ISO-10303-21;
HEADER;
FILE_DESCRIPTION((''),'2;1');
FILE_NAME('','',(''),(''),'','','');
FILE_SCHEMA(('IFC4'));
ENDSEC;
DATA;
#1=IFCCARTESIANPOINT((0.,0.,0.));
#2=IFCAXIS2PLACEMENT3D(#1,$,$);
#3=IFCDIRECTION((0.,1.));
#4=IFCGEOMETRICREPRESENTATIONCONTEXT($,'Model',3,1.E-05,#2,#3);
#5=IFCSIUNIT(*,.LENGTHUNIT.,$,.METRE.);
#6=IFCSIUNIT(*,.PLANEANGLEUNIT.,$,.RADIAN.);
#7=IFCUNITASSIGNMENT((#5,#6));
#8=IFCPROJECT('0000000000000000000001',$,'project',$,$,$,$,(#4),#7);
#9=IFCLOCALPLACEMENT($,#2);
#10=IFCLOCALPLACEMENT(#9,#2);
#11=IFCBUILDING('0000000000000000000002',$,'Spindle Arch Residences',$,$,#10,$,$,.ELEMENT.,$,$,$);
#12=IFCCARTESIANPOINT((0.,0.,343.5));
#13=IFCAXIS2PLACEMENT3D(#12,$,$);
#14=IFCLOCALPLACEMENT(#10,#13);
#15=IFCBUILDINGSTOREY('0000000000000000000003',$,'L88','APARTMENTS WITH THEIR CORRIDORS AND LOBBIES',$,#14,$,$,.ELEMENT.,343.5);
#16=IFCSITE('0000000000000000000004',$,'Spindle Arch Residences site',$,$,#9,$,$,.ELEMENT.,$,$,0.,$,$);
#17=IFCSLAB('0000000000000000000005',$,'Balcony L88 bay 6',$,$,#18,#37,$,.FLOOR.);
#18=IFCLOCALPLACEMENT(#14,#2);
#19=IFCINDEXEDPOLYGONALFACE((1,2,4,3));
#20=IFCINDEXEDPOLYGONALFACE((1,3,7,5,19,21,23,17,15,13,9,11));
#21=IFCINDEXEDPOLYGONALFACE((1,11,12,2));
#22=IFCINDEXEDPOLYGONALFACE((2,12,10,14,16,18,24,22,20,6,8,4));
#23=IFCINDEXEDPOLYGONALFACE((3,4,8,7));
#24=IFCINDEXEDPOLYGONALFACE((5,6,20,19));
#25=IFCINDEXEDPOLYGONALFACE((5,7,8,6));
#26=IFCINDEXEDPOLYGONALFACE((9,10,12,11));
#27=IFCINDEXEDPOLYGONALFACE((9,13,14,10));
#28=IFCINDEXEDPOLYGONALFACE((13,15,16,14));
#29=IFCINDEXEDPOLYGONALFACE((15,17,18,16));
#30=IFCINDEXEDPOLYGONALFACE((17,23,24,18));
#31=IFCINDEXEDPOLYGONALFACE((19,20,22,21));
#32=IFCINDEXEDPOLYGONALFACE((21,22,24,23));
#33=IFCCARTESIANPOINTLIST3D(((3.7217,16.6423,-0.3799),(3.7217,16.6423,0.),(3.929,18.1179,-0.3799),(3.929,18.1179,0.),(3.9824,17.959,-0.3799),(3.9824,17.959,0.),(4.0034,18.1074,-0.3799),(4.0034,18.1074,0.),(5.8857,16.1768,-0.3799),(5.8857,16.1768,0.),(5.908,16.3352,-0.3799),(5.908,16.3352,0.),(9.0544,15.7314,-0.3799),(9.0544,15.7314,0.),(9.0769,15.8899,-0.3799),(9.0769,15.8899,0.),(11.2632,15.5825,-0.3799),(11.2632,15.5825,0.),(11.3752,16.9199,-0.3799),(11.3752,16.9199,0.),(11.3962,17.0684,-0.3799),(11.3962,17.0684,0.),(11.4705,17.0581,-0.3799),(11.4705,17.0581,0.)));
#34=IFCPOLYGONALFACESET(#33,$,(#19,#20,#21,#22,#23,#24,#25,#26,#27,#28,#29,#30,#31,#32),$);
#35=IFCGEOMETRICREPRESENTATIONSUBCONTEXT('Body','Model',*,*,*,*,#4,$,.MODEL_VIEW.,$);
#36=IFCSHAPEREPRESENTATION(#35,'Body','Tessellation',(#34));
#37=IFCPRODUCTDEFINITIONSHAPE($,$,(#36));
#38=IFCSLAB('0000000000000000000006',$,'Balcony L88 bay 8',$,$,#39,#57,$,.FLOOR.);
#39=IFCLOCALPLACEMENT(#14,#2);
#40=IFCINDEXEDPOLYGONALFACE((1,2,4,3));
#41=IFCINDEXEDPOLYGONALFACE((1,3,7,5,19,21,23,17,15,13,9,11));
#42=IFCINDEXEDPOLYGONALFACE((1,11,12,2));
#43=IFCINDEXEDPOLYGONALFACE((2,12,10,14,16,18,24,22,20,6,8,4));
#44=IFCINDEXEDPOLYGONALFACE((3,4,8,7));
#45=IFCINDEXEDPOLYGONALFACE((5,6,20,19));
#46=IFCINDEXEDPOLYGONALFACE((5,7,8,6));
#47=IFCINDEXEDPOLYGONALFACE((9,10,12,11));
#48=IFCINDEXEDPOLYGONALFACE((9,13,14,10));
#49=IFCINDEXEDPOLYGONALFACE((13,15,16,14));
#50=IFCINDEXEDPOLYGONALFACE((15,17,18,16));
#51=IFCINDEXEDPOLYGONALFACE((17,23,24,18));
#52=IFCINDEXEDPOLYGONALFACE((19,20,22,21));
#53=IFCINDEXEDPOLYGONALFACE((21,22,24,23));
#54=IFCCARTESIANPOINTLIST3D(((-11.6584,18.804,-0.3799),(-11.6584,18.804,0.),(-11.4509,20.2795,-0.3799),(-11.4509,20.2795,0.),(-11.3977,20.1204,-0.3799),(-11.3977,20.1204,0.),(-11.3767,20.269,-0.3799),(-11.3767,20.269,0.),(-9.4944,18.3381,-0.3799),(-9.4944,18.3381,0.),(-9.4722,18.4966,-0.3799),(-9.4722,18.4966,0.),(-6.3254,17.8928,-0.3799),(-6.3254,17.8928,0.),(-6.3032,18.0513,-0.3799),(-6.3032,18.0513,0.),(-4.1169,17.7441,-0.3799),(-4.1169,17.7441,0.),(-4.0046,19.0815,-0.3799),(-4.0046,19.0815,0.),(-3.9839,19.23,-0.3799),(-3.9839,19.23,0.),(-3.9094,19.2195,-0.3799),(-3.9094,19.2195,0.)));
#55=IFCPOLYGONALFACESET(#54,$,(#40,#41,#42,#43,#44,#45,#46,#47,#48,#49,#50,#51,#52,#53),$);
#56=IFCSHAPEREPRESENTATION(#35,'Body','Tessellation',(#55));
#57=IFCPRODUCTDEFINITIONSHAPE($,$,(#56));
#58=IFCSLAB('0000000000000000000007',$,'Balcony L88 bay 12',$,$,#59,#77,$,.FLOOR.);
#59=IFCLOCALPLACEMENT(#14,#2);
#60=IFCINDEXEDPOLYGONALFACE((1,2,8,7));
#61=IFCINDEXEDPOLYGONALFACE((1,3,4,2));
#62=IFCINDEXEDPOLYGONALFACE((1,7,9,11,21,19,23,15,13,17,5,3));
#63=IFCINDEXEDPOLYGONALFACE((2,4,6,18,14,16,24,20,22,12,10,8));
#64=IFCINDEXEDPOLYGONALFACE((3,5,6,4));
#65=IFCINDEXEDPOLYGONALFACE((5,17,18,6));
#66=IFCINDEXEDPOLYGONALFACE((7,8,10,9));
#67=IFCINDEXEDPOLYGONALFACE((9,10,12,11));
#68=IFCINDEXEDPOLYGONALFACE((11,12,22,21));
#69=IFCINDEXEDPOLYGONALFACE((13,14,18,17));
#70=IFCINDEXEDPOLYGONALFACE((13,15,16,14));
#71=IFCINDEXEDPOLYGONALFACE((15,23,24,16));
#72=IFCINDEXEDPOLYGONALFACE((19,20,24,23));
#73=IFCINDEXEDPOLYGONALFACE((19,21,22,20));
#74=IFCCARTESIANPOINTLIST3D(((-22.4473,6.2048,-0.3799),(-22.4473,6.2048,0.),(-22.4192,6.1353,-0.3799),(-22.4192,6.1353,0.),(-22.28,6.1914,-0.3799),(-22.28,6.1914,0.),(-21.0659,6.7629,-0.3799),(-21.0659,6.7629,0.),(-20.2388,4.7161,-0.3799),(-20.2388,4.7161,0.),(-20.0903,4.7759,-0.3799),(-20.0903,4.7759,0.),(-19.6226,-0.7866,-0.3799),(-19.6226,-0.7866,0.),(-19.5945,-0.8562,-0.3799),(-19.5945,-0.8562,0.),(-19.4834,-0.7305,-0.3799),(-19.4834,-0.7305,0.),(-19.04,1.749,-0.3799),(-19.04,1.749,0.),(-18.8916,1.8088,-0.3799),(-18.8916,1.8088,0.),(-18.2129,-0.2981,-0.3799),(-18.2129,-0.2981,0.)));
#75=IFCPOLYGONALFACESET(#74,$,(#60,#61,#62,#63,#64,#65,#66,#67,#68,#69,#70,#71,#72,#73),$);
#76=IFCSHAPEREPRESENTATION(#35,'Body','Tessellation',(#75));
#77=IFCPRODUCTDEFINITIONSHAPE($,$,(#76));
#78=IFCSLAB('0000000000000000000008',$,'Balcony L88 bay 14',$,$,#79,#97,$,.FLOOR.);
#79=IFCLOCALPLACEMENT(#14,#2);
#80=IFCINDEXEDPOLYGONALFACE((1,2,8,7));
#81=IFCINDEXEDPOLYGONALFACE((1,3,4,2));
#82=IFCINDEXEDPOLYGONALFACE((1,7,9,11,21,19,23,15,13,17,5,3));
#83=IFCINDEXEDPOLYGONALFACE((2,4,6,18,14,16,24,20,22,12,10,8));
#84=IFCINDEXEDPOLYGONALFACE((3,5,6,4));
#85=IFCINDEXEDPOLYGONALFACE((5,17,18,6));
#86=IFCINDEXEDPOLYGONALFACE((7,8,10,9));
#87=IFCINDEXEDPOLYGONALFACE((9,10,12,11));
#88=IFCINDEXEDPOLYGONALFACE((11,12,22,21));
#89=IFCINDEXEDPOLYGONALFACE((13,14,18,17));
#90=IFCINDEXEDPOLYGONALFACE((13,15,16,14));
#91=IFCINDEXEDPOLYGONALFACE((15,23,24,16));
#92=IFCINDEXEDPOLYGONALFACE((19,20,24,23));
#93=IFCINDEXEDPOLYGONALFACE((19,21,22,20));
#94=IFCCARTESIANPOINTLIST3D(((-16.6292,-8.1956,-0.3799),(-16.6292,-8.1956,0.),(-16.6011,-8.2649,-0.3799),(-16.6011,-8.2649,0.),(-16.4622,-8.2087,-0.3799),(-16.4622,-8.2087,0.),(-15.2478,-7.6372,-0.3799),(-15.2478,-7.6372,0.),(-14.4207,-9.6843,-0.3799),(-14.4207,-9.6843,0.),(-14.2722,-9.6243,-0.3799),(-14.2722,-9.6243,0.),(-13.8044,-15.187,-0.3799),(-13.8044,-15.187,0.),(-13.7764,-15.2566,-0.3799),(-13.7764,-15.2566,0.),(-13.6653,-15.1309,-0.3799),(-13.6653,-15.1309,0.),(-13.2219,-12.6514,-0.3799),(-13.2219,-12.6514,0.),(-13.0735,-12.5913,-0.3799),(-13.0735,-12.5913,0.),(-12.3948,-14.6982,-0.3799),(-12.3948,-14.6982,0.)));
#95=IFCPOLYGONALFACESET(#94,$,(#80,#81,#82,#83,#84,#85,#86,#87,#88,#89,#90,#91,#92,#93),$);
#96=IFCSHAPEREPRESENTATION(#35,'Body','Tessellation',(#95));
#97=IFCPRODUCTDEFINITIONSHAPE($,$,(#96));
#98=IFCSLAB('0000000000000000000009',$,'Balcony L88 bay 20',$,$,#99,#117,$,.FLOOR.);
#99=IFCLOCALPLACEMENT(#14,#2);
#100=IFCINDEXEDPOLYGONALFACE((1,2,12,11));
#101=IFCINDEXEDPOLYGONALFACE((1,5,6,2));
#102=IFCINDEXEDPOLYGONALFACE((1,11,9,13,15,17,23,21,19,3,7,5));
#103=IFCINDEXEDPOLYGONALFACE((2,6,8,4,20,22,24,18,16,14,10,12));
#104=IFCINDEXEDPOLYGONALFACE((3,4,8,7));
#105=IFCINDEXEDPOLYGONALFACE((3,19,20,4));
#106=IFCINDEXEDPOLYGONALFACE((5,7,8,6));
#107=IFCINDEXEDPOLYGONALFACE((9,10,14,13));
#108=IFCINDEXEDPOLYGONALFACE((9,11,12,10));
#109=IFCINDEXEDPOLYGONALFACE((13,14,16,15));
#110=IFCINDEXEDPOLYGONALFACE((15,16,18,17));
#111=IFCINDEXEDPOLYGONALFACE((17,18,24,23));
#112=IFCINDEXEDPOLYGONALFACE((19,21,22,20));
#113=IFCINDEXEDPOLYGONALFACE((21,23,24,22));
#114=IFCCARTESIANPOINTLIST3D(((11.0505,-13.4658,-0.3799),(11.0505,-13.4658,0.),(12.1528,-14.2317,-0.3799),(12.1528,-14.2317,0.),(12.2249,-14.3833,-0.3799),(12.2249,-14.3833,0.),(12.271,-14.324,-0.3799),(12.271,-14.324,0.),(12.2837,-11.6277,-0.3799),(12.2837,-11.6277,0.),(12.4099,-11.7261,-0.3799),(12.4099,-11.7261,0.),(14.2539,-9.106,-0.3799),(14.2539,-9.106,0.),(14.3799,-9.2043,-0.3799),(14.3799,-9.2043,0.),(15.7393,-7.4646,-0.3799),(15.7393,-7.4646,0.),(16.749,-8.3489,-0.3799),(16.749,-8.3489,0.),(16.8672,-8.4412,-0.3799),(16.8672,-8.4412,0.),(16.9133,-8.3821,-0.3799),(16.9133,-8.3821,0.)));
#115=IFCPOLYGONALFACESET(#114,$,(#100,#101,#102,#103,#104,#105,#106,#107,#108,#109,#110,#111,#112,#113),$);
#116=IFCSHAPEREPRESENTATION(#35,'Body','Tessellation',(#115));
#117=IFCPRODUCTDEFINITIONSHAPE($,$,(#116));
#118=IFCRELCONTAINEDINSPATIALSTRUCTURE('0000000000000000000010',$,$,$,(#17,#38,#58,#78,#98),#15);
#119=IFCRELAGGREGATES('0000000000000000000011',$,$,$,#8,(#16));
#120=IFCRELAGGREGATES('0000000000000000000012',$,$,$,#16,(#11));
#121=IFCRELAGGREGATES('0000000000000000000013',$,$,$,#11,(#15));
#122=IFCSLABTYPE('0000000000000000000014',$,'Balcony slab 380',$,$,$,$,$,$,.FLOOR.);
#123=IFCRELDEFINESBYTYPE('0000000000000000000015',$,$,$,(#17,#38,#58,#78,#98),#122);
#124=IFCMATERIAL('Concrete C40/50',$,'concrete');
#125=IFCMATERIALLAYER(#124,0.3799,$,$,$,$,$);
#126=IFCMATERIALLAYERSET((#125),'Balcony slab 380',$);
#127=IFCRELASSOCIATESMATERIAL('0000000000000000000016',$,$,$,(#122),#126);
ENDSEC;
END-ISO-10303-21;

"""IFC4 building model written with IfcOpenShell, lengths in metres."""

from ifc_helpers import new_model, si_unit, direction, frame, origin, place, context, subcontext, project, spatial, polyline, outline, extrude, material, layer, layer_set, type_object, element, save


model = new_model("IFC4")

# Units and contexts
model_context = context("Model", 3, precision=1e-05, world=origin(), true_north=direction((0.0, 1.0)))
body_context = subcontext(model_context, "Body", "Model", "MODEL_VIEW")
ifc_project = project(units=[si_unit("LENGTHUNIT", "METRE"), si_unit("PLANEANGLEUNIT", "RADIAN")], contexts=[model_context])

# Site, building, storey
site_placement = place(None, origin())
site = spatial("IfcSite", under=ifc_project, at=site_placement, Name="Spindle Arch Residences site", CompositionType="ELEMENT", RefElevation=0.0)
building_placement = place(site_placement, origin())
building = spatial("IfcBuilding", under=site, at=building_placement, Name="Spindle Arch Residences", CompositionType="ELEMENT")
storey_placement = place(building_placement, frame((0.0, 0.0, 343.5)))
storey = spatial("IfcBuildingStorey", under=building, at=storey_placement, Name="L88", Description="APARTMENTS WITH THEIR CORRIDORS AND LOBBIES", CompositionType="ELEMENT", Elevation=343.5)

# Slabs
ifc_material_1 = material(Name="Concrete C40/50", Category="concrete")
ifc_layer_1 = layer(ifc_material_1, 0.3799)
ifc_layer_set_1 = layer_set([ifc_layer_1], Name="Balcony slab 380")
slab_type_1 = type_object("IfcSlabType", Name="Balcony slab 380", PredefinedType="FLOOR", material=ifc_layer_set_1)
slab_1_placement = place(storey_placement, frame((0.0, 0.0, -0.3799)))
element("IfcSlab", 1, at=slab_1_placement, inside=storey, type_object=slab_type_1, Name="Balcony L88 bay 6", PredefinedType="FLOOR", context=body_context, shape_type="SweptSolid", body=[
    extrude(outline(polyline([(11.4705, 17.0581), (11.3962, 17.0684), (11.3752, 16.9199), (3.9824, 17.959), (4.0034, 18.1074), (3.929, 18.1179), (3.7217, 16.6423), (5.908, 16.3352), (5.8857, 16.1768), (9.0544, 15.7314), (9.0769, 15.8899), (11.2632, 15.5825), (11.4705, 17.0581)])), origin(), (0.0, 0.0, 1.0), 0.3799),
])
slab_2_placement = place(storey_placement, frame((0.0, 0.0, -0.3799)))
element("IfcSlab", 2, at=slab_2_placement, inside=storey, type_object=slab_type_1, Name="Balcony L88 bay 8", PredefinedType="FLOOR", context=body_context, shape_type="SweptSolid", body=[
    extrude(outline(polyline([(-3.9094, 19.2195), (-3.9839, 19.23), (-4.0046, 19.0815), (-11.3977, 20.1204), (-11.3767, 20.269), (-11.4509, 20.2795), (-11.6584, 18.804), (-9.4722, 18.4966), (-9.4944, 18.3381), (-6.3254, 17.8928), (-6.3032, 18.0513), (-4.1169, 17.7441), (-3.9094, 19.2195)])), origin(), (0.0, 0.0, 1.0), 0.3799),
])
slab_3_placement = place(storey_placement, frame((0.0, 0.0, -0.3799)))
element("IfcSlab", 3, at=slab_3_placement, inside=storey, type_object=slab_type_1, Name="Balcony L88 bay 12", PredefinedType="FLOOR", context=body_context, shape_type="SweptSolid", body=[
    extrude(outline(polyline([(-22.4473, 6.2048), (-22.4192, 6.1353), (-22.28, 6.1914), (-19.4834, -0.7305), (-19.6226, -0.7866), (-19.5945, -0.8562), (-18.2129, -0.2981), (-19.04, 1.749), (-18.8916, 1.8088), (-20.0903, 4.7759), (-20.2388, 4.7161), (-21.0659, 6.7629), (-22.4473, 6.2048)])), origin(), (0.0, 0.0, 1.0), 0.3799),
])
slab_4_placement = place(storey_placement, frame((0.0, 0.0, -0.3799)))
element("IfcSlab", 4, at=slab_4_placement, inside=storey, type_object=slab_type_1, Name="Balcony L88 bay 14", PredefinedType="FLOOR", context=body_context, shape_type="SweptSolid", body=[
    extrude(outline(polyline([(-16.6292, -8.1956), (-16.6011, -8.2649), (-16.4622, -8.2087), (-13.6653, -15.1309), (-13.8044, -15.187), (-13.7764, -15.2566), (-12.3948, -14.6982), (-13.2219, -12.6514), (-13.0735, -12.5913), (-14.2722, -9.6243), (-14.4207, -9.6843), (-15.2478, -7.6372), (-16.6292, -8.1956)])), origin(), (0.0, 0.0, 1.0), 0.3799),
])
slab_5_placement = place(storey_placement, frame((0.0, 0.0, -0.3799)))
element("IfcSlab", 5, at=slab_5_placement, inside=storey, type_object=slab_type_1, Name="Balcony L88 bay 20", PredefinedType="FLOOR", context=body_context, shape_type="SweptSolid", body=[
    extrude(outline(polyline([(12.2249, -14.3833), (12.271, -14.324), (12.1528, -14.2317), (16.749, -8.3489), (16.8672, -8.4412), (16.9133, -8.3821), (15.7393, -7.4646), (14.3799, -9.2043), (14.2539, -9.106), (12.2837, -11.6277), (12.4099, -11.7261), (11.0505, -13.4658), (12.2249, -14.3833)])), origin(), (0.0, 0.0, 1.0), 0.3799),
])

save(model, "model.ifc")
